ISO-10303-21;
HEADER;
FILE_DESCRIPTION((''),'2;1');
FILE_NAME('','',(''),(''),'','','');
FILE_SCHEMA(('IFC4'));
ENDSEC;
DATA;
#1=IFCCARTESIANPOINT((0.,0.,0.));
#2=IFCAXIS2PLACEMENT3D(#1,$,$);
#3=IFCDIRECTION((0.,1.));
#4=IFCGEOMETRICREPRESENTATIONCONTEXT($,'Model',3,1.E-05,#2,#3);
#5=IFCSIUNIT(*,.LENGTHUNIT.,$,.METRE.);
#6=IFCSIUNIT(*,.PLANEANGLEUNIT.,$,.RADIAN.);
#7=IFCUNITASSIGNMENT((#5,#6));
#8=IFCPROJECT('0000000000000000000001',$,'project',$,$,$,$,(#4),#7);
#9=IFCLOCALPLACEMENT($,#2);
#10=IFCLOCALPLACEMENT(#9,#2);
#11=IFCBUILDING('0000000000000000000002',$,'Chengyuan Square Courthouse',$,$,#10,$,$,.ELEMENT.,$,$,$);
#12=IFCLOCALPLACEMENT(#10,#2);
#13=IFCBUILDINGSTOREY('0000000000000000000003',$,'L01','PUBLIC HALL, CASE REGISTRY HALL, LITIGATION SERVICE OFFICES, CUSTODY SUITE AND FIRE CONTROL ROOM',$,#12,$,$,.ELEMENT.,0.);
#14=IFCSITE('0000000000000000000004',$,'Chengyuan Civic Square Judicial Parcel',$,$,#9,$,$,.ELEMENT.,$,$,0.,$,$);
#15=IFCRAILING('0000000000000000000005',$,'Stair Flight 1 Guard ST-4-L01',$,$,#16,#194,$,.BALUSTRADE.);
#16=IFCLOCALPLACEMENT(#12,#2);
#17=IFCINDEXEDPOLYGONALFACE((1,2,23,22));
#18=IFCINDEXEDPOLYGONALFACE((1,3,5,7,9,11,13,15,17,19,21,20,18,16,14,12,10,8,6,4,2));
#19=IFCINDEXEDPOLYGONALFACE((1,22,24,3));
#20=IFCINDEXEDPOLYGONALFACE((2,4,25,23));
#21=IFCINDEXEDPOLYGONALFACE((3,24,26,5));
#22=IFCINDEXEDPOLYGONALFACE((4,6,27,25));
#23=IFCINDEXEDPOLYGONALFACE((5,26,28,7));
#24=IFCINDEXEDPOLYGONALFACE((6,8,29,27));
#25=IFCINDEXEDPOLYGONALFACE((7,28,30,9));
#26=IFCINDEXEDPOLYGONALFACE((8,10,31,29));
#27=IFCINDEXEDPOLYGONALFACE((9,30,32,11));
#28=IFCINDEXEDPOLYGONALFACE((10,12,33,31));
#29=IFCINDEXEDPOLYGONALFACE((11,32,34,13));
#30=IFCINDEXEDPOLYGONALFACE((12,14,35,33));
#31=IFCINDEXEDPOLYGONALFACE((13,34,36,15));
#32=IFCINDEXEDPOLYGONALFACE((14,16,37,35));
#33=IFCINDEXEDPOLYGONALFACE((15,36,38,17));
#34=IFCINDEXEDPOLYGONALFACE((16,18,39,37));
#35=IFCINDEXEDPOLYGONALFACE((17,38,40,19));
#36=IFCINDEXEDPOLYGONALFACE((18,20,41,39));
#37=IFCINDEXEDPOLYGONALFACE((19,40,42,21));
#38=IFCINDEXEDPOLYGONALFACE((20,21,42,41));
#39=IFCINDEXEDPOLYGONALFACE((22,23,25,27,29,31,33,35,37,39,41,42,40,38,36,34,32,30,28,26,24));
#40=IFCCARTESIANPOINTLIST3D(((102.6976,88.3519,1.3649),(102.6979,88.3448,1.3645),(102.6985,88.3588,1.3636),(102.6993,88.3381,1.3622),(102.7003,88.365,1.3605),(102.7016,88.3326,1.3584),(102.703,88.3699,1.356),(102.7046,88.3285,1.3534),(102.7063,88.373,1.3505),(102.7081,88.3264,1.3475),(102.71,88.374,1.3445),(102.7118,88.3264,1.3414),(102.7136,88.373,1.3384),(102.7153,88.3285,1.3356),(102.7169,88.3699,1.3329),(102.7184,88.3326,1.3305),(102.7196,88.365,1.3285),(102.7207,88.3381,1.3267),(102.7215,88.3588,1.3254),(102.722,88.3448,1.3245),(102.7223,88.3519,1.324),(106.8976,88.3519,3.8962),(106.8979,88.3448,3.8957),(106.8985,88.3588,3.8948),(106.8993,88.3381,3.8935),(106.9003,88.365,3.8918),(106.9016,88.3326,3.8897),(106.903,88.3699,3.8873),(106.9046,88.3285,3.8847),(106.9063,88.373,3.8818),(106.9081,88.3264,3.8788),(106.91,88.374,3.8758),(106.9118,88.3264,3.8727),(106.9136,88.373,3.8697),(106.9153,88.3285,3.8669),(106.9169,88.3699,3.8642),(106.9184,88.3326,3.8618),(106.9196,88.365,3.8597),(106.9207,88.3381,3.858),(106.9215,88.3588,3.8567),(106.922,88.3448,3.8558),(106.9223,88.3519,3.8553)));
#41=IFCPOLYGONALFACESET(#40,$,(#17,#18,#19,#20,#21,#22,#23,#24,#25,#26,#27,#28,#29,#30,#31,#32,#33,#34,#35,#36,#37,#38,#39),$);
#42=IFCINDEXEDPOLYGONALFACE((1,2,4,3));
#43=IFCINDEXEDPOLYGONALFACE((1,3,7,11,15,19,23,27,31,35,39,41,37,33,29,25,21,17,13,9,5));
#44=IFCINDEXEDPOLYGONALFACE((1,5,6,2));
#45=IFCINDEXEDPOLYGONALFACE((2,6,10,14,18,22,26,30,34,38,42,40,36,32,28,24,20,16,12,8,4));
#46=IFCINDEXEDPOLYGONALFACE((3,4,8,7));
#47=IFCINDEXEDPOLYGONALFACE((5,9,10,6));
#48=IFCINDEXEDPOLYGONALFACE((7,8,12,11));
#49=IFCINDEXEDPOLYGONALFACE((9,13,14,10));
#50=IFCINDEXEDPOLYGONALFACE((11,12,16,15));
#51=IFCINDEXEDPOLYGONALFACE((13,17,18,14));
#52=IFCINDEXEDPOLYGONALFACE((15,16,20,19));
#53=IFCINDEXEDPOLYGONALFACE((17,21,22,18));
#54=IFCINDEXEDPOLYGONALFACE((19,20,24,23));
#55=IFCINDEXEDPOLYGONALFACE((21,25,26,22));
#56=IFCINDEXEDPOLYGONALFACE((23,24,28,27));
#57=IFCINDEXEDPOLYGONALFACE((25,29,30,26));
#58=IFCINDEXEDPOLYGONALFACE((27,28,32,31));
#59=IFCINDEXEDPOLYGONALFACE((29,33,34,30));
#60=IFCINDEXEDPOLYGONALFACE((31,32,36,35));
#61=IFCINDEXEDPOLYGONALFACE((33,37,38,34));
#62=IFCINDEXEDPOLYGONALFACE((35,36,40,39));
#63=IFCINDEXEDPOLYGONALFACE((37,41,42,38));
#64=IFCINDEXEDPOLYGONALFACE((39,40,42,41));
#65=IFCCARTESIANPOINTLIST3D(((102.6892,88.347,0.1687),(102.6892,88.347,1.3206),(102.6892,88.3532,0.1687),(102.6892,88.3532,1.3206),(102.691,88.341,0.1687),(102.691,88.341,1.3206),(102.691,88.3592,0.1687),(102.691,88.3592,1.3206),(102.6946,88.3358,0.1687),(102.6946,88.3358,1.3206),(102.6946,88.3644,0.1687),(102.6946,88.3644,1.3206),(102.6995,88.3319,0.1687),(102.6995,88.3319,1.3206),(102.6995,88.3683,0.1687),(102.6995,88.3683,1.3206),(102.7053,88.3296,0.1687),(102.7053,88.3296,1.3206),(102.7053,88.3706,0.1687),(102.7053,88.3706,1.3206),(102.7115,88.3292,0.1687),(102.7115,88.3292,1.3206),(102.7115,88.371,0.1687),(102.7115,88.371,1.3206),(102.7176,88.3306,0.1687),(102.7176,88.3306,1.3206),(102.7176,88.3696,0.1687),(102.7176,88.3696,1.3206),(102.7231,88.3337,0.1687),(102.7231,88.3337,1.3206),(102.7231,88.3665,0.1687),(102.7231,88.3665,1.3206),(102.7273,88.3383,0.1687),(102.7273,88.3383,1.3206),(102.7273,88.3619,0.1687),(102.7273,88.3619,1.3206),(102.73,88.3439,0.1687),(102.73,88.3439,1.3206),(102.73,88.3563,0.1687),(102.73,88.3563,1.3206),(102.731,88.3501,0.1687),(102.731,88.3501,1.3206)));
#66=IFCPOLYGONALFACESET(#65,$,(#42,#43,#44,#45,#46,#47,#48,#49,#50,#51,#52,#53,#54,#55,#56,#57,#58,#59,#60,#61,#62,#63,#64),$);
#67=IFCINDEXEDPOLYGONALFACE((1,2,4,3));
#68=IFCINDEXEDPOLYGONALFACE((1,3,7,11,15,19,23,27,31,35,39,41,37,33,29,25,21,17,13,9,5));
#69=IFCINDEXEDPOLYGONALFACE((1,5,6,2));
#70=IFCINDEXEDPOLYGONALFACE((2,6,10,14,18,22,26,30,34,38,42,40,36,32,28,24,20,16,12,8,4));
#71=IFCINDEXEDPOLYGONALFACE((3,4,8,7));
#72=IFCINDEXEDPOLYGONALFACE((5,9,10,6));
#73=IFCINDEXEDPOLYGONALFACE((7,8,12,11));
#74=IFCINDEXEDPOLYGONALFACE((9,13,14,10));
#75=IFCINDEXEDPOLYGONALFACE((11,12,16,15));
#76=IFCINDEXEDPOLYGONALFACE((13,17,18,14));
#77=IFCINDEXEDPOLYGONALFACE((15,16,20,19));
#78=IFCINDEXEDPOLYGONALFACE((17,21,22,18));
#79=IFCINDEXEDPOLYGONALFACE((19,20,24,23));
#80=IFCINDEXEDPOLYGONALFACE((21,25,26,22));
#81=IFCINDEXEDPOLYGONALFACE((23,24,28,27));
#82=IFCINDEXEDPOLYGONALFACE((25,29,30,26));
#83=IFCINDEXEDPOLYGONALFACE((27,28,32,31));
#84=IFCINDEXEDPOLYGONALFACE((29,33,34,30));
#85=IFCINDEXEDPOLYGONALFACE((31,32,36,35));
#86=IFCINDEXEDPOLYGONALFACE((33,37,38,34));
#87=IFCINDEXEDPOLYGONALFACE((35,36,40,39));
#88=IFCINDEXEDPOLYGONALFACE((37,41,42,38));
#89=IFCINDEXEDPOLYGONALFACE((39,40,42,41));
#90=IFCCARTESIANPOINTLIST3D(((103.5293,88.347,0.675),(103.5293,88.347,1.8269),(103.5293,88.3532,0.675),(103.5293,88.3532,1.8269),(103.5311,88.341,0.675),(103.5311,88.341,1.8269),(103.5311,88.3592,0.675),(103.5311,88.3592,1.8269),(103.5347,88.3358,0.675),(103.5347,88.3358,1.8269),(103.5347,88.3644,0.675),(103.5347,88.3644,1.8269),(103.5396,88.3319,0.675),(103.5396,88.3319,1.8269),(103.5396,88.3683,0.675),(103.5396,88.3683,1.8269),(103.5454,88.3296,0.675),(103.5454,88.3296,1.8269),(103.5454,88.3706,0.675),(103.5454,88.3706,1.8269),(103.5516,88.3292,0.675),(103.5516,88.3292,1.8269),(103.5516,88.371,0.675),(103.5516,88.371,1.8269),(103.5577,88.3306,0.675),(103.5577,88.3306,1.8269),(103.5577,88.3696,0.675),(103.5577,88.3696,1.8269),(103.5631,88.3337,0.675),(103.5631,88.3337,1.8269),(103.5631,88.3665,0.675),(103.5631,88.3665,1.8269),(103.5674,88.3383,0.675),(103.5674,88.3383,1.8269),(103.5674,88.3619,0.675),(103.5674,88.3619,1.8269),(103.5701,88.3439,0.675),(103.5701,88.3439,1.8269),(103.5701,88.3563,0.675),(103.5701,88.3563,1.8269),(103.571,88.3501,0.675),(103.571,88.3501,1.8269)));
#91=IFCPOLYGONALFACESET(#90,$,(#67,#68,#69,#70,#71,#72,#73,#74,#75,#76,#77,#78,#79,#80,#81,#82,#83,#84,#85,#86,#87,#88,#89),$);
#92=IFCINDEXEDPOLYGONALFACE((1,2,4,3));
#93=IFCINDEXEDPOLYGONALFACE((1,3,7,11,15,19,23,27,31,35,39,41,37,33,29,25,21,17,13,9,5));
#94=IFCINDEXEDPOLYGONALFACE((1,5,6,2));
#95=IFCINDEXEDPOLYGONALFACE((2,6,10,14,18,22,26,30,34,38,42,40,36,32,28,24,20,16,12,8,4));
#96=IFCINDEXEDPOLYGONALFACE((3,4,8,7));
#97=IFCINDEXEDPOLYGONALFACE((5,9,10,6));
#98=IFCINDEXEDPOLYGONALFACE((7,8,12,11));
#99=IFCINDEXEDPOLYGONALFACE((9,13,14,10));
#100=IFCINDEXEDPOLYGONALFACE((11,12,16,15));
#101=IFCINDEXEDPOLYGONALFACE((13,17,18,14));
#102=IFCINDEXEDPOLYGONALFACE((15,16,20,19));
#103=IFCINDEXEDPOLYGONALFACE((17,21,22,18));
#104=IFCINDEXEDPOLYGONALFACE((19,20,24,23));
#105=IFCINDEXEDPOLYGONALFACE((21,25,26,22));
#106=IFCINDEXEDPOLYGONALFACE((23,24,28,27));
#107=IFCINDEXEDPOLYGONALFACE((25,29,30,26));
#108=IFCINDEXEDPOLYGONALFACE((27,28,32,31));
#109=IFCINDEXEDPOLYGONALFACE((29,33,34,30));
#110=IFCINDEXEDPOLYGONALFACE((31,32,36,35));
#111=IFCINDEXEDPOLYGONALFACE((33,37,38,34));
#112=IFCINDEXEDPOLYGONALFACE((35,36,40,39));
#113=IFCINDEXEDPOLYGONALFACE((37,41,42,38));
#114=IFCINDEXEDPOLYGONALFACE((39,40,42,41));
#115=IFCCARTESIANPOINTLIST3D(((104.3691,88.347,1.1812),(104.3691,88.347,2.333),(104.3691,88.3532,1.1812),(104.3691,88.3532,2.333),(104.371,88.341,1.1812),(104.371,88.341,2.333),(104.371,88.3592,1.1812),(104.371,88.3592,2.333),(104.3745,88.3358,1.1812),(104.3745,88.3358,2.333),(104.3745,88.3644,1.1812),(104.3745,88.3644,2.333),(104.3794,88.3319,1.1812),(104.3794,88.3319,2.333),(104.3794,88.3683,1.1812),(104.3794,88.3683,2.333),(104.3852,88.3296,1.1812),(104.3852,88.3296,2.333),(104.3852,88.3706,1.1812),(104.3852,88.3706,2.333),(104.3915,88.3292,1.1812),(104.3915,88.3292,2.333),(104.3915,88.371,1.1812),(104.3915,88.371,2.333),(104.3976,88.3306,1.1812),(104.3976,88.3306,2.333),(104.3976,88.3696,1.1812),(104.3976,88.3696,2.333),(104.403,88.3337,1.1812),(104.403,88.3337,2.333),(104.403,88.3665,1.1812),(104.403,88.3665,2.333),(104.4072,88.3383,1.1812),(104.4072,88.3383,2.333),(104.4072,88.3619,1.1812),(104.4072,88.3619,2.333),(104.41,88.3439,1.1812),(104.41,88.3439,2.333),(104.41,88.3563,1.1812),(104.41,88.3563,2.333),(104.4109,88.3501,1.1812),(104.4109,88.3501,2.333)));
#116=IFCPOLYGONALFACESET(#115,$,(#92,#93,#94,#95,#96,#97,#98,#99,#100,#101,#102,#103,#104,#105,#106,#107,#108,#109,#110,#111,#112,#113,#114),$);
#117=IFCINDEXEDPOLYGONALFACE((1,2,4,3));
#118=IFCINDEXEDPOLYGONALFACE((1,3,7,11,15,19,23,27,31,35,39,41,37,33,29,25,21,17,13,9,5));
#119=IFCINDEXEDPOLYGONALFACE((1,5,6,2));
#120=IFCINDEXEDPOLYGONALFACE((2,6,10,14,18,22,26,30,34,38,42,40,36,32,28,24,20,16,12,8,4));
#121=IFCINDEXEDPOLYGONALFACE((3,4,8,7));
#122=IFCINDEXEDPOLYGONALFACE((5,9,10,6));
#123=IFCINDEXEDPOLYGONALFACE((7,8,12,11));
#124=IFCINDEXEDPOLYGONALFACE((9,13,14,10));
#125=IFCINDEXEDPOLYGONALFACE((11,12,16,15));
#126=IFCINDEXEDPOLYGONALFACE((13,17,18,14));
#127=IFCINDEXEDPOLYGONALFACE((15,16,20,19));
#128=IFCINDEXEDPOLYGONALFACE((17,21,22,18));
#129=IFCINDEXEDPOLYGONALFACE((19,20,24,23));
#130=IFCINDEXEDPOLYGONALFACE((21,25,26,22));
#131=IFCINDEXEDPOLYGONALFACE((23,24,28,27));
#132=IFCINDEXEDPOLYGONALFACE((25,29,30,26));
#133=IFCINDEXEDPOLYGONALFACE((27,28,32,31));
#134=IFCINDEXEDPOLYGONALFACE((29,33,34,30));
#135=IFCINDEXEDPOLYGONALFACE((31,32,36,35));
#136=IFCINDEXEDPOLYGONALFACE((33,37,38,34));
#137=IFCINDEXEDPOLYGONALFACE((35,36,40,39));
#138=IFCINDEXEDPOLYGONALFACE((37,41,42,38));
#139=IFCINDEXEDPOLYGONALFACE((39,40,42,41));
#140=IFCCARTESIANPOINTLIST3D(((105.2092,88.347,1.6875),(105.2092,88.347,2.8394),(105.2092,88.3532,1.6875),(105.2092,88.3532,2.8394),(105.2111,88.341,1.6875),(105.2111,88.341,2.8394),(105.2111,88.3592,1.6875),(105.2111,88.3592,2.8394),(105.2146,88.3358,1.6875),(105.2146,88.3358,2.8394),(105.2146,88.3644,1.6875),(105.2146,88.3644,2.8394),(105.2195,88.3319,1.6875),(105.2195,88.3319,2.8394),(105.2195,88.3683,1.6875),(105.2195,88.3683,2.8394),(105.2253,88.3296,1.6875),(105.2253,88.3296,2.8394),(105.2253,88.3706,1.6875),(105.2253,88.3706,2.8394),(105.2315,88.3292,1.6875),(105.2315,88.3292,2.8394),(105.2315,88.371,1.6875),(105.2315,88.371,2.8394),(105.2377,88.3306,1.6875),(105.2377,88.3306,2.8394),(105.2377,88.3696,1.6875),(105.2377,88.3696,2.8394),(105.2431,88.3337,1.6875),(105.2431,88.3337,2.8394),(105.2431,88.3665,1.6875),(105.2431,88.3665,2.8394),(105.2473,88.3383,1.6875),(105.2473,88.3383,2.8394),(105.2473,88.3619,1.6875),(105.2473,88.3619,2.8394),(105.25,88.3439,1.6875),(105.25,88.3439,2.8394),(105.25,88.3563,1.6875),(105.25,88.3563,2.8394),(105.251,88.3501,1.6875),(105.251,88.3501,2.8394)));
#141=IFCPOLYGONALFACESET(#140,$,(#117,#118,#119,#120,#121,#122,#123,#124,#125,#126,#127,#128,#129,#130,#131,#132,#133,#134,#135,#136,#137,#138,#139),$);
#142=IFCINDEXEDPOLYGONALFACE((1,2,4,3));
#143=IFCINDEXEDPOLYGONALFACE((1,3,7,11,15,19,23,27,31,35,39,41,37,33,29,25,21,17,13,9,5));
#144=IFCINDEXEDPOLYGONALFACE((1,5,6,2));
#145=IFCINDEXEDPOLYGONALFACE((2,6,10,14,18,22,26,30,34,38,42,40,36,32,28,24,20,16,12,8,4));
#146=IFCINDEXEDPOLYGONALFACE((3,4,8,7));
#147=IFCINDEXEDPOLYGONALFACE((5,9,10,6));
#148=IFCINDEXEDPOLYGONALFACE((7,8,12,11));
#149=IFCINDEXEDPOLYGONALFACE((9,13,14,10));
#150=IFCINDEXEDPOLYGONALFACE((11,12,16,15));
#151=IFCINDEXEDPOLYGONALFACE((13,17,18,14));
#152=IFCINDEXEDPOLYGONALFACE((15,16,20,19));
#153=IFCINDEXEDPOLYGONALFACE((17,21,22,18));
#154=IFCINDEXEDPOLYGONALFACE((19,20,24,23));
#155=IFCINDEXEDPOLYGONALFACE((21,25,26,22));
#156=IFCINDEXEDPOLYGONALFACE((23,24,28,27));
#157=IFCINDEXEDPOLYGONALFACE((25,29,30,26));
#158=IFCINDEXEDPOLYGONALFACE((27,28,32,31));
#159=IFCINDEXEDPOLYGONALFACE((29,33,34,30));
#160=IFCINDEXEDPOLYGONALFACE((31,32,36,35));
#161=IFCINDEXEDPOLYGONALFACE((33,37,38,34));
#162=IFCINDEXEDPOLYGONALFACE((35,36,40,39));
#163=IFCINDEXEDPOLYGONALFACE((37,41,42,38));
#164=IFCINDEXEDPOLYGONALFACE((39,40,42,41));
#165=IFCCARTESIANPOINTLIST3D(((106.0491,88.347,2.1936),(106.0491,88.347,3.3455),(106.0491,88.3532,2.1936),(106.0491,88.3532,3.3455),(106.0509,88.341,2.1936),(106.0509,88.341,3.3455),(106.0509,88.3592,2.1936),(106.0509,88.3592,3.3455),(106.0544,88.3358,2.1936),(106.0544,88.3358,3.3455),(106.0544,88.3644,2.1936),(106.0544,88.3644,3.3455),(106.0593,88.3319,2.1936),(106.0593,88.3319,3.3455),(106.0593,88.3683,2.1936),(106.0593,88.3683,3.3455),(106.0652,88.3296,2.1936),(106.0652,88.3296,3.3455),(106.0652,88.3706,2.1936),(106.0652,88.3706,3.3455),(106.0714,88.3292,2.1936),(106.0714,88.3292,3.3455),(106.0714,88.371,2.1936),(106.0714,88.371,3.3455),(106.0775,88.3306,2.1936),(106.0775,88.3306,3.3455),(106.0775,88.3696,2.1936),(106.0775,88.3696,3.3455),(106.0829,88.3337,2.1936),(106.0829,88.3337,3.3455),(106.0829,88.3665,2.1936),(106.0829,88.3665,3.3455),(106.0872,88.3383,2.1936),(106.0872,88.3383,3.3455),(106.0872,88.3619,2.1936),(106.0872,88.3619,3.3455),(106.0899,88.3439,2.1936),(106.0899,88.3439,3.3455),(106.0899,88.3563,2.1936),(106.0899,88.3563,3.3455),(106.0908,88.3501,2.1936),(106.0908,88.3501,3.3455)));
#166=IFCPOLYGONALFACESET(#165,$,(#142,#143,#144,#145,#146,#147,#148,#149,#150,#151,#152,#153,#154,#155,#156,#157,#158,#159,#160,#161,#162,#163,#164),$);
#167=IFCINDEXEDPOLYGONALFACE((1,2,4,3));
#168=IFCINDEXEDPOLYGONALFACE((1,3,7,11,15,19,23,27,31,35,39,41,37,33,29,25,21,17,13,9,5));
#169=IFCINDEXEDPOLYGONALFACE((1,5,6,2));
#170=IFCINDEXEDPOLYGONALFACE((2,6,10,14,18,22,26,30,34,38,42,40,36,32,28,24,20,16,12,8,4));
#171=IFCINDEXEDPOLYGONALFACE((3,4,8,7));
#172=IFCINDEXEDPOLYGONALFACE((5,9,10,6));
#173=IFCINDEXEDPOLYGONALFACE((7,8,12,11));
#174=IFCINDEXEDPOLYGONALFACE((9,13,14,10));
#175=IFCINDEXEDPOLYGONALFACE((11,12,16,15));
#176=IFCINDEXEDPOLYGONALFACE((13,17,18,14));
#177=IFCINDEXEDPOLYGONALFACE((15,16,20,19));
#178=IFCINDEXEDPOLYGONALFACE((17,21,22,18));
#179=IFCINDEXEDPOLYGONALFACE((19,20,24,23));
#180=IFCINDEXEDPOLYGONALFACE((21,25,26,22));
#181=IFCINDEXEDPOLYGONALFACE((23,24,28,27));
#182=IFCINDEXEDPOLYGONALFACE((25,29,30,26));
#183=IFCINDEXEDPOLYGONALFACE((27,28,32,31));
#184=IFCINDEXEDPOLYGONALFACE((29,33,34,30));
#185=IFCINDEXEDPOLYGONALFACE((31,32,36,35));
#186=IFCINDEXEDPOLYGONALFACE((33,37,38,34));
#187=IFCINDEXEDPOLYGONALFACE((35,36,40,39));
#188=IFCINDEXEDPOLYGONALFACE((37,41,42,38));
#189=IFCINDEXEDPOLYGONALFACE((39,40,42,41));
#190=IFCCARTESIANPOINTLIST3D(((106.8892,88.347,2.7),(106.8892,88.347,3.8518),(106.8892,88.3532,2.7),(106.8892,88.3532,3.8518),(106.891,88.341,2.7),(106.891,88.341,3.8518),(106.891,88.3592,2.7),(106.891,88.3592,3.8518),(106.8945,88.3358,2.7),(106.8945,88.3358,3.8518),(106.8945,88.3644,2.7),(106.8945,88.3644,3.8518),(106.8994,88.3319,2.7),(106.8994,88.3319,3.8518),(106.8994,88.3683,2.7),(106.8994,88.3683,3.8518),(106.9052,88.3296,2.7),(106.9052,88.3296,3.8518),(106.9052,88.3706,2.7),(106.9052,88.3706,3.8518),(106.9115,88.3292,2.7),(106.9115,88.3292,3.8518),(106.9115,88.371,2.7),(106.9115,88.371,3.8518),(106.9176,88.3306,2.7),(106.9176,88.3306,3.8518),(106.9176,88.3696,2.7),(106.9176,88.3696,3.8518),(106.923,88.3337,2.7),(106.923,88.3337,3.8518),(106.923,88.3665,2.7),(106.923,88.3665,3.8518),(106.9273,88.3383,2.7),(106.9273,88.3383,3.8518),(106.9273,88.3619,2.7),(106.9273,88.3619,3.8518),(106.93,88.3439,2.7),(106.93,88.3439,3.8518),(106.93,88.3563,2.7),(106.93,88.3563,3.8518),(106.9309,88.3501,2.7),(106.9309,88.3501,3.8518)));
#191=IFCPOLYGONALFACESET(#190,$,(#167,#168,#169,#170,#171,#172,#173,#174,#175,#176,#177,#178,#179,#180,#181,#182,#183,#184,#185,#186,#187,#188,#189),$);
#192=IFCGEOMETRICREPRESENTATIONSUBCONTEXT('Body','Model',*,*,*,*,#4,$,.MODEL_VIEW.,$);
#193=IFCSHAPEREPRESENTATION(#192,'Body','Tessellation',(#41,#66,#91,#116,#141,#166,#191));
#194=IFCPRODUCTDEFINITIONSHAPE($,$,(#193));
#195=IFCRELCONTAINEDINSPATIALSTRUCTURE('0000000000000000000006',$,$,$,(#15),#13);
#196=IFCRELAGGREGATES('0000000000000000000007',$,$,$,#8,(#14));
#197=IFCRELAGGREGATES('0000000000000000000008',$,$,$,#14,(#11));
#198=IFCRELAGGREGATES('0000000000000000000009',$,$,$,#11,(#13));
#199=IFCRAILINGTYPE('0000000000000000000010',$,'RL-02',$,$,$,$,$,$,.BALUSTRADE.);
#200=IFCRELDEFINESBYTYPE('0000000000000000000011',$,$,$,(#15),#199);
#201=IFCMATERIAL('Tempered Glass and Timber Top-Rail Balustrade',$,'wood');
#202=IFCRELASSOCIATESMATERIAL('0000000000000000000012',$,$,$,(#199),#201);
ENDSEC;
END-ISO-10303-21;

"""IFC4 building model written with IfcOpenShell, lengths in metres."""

from ifc_helpers import new_model, si_unit, direction, frame, origin, origin_2d, place, context, subcontext, project, spatial, circle, extrude, material, type_object, element, save


model = new_model("IFC4")

# Units and contexts
model_context = context("Model", 3, precision=1e-05, world=origin(), true_north=direction((0.0, 1.0)))
body_context = subcontext(model_context, "Body", "Model", "MODEL_VIEW")
ifc_project = project(units=[si_unit("LENGTHUNIT", "METRE"), si_unit("PLANEANGLEUNIT", "RADIAN")], contexts=[model_context])

# Site, building, storey
site_placement = place(None, origin())
site = spatial("IfcSite", under=ifc_project, at=site_placement, Name="Chengyuan Civic Square Judicial Parcel", CompositionType="ELEMENT", RefElevation=0.0)
building_placement = place(site_placement, origin())
building = spatial("IfcBuilding", under=site, at=building_placement, Name="Chengyuan Square Courthouse", CompositionType="ELEMENT")
storey_placement = place(building_placement, origin())
storey = spatial("IfcBuildingStorey", under=building, at=storey_placement, Name="L01", Description="PUBLIC HALL, CASE REGISTRY HALL, LITIGATION SERVICE OFFICES, CUSTODY SUITE AND FIRE CONTROL ROOM", CompositionType="ELEMENT", Elevation=0.0)

# Railing
ifc_material_1 = material(Name="Tempered Glass and Timber Top-Rail Balustrade", Category="wood")
railing_type_1 = type_object("IfcRailingType", Name="RL-02", PredefinedType="BALUSTRADE", material=ifc_material_1)
railing_1_placement = place(storey_placement, frame((102.71, 88.3501, 0.1687)))
element("IfcRailing", 1, at=railing_1_placement, inside=storey, type_object=railing_type_1, Name="Stair Flight 1 Guard ST-4-L01", PredefinedType="BALUSTRADE", context=body_context, shape_type="SweptSolid", body=[
    extrude(circle(Radius=0.0239, at=origin_2d()), frame((0.0, 0.0, 1.1758), z_axis=(0.856476, 0.0, 0.516186), x_axis=(0.0, 1.0, 0.0)), (0.0, 0.0, 1.0), 4.9038),
    extrude(circle(Radius=0.021, at=origin_2d()), origin(), (0.0, 0.0, 1.0), 1.1519),
    extrude(circle(Radius=0.021, at=origin_2d()), frame((0.8401, 0.0, 0.5063)), (0.0, 0.0, 1.0), 1.1519),
    extrude(circle(Radius=0.021, at=origin_2d()), frame((1.6799, 0.0, 1.0125)), (0.0, 0.0, 1.0), 1.1519),
    extrude(circle(Radius=0.021, at=origin_2d()), frame((2.52, 0.0, 1.5188)), (0.0, 0.0, 1.0), 1.1519),
    extrude(circle(Radius=0.021, at=origin_2d()), frame((3.3599, 0.0, 2.0249)), (0.0, 0.0, 1.0), 1.1519),
    extrude(circle(Radius=0.021, at=origin_2d()), frame((4.2, 0.0, 2.5312)), (0.0, 0.0, 1.0), 1.1519),
])

save(model, "model.ifc")
